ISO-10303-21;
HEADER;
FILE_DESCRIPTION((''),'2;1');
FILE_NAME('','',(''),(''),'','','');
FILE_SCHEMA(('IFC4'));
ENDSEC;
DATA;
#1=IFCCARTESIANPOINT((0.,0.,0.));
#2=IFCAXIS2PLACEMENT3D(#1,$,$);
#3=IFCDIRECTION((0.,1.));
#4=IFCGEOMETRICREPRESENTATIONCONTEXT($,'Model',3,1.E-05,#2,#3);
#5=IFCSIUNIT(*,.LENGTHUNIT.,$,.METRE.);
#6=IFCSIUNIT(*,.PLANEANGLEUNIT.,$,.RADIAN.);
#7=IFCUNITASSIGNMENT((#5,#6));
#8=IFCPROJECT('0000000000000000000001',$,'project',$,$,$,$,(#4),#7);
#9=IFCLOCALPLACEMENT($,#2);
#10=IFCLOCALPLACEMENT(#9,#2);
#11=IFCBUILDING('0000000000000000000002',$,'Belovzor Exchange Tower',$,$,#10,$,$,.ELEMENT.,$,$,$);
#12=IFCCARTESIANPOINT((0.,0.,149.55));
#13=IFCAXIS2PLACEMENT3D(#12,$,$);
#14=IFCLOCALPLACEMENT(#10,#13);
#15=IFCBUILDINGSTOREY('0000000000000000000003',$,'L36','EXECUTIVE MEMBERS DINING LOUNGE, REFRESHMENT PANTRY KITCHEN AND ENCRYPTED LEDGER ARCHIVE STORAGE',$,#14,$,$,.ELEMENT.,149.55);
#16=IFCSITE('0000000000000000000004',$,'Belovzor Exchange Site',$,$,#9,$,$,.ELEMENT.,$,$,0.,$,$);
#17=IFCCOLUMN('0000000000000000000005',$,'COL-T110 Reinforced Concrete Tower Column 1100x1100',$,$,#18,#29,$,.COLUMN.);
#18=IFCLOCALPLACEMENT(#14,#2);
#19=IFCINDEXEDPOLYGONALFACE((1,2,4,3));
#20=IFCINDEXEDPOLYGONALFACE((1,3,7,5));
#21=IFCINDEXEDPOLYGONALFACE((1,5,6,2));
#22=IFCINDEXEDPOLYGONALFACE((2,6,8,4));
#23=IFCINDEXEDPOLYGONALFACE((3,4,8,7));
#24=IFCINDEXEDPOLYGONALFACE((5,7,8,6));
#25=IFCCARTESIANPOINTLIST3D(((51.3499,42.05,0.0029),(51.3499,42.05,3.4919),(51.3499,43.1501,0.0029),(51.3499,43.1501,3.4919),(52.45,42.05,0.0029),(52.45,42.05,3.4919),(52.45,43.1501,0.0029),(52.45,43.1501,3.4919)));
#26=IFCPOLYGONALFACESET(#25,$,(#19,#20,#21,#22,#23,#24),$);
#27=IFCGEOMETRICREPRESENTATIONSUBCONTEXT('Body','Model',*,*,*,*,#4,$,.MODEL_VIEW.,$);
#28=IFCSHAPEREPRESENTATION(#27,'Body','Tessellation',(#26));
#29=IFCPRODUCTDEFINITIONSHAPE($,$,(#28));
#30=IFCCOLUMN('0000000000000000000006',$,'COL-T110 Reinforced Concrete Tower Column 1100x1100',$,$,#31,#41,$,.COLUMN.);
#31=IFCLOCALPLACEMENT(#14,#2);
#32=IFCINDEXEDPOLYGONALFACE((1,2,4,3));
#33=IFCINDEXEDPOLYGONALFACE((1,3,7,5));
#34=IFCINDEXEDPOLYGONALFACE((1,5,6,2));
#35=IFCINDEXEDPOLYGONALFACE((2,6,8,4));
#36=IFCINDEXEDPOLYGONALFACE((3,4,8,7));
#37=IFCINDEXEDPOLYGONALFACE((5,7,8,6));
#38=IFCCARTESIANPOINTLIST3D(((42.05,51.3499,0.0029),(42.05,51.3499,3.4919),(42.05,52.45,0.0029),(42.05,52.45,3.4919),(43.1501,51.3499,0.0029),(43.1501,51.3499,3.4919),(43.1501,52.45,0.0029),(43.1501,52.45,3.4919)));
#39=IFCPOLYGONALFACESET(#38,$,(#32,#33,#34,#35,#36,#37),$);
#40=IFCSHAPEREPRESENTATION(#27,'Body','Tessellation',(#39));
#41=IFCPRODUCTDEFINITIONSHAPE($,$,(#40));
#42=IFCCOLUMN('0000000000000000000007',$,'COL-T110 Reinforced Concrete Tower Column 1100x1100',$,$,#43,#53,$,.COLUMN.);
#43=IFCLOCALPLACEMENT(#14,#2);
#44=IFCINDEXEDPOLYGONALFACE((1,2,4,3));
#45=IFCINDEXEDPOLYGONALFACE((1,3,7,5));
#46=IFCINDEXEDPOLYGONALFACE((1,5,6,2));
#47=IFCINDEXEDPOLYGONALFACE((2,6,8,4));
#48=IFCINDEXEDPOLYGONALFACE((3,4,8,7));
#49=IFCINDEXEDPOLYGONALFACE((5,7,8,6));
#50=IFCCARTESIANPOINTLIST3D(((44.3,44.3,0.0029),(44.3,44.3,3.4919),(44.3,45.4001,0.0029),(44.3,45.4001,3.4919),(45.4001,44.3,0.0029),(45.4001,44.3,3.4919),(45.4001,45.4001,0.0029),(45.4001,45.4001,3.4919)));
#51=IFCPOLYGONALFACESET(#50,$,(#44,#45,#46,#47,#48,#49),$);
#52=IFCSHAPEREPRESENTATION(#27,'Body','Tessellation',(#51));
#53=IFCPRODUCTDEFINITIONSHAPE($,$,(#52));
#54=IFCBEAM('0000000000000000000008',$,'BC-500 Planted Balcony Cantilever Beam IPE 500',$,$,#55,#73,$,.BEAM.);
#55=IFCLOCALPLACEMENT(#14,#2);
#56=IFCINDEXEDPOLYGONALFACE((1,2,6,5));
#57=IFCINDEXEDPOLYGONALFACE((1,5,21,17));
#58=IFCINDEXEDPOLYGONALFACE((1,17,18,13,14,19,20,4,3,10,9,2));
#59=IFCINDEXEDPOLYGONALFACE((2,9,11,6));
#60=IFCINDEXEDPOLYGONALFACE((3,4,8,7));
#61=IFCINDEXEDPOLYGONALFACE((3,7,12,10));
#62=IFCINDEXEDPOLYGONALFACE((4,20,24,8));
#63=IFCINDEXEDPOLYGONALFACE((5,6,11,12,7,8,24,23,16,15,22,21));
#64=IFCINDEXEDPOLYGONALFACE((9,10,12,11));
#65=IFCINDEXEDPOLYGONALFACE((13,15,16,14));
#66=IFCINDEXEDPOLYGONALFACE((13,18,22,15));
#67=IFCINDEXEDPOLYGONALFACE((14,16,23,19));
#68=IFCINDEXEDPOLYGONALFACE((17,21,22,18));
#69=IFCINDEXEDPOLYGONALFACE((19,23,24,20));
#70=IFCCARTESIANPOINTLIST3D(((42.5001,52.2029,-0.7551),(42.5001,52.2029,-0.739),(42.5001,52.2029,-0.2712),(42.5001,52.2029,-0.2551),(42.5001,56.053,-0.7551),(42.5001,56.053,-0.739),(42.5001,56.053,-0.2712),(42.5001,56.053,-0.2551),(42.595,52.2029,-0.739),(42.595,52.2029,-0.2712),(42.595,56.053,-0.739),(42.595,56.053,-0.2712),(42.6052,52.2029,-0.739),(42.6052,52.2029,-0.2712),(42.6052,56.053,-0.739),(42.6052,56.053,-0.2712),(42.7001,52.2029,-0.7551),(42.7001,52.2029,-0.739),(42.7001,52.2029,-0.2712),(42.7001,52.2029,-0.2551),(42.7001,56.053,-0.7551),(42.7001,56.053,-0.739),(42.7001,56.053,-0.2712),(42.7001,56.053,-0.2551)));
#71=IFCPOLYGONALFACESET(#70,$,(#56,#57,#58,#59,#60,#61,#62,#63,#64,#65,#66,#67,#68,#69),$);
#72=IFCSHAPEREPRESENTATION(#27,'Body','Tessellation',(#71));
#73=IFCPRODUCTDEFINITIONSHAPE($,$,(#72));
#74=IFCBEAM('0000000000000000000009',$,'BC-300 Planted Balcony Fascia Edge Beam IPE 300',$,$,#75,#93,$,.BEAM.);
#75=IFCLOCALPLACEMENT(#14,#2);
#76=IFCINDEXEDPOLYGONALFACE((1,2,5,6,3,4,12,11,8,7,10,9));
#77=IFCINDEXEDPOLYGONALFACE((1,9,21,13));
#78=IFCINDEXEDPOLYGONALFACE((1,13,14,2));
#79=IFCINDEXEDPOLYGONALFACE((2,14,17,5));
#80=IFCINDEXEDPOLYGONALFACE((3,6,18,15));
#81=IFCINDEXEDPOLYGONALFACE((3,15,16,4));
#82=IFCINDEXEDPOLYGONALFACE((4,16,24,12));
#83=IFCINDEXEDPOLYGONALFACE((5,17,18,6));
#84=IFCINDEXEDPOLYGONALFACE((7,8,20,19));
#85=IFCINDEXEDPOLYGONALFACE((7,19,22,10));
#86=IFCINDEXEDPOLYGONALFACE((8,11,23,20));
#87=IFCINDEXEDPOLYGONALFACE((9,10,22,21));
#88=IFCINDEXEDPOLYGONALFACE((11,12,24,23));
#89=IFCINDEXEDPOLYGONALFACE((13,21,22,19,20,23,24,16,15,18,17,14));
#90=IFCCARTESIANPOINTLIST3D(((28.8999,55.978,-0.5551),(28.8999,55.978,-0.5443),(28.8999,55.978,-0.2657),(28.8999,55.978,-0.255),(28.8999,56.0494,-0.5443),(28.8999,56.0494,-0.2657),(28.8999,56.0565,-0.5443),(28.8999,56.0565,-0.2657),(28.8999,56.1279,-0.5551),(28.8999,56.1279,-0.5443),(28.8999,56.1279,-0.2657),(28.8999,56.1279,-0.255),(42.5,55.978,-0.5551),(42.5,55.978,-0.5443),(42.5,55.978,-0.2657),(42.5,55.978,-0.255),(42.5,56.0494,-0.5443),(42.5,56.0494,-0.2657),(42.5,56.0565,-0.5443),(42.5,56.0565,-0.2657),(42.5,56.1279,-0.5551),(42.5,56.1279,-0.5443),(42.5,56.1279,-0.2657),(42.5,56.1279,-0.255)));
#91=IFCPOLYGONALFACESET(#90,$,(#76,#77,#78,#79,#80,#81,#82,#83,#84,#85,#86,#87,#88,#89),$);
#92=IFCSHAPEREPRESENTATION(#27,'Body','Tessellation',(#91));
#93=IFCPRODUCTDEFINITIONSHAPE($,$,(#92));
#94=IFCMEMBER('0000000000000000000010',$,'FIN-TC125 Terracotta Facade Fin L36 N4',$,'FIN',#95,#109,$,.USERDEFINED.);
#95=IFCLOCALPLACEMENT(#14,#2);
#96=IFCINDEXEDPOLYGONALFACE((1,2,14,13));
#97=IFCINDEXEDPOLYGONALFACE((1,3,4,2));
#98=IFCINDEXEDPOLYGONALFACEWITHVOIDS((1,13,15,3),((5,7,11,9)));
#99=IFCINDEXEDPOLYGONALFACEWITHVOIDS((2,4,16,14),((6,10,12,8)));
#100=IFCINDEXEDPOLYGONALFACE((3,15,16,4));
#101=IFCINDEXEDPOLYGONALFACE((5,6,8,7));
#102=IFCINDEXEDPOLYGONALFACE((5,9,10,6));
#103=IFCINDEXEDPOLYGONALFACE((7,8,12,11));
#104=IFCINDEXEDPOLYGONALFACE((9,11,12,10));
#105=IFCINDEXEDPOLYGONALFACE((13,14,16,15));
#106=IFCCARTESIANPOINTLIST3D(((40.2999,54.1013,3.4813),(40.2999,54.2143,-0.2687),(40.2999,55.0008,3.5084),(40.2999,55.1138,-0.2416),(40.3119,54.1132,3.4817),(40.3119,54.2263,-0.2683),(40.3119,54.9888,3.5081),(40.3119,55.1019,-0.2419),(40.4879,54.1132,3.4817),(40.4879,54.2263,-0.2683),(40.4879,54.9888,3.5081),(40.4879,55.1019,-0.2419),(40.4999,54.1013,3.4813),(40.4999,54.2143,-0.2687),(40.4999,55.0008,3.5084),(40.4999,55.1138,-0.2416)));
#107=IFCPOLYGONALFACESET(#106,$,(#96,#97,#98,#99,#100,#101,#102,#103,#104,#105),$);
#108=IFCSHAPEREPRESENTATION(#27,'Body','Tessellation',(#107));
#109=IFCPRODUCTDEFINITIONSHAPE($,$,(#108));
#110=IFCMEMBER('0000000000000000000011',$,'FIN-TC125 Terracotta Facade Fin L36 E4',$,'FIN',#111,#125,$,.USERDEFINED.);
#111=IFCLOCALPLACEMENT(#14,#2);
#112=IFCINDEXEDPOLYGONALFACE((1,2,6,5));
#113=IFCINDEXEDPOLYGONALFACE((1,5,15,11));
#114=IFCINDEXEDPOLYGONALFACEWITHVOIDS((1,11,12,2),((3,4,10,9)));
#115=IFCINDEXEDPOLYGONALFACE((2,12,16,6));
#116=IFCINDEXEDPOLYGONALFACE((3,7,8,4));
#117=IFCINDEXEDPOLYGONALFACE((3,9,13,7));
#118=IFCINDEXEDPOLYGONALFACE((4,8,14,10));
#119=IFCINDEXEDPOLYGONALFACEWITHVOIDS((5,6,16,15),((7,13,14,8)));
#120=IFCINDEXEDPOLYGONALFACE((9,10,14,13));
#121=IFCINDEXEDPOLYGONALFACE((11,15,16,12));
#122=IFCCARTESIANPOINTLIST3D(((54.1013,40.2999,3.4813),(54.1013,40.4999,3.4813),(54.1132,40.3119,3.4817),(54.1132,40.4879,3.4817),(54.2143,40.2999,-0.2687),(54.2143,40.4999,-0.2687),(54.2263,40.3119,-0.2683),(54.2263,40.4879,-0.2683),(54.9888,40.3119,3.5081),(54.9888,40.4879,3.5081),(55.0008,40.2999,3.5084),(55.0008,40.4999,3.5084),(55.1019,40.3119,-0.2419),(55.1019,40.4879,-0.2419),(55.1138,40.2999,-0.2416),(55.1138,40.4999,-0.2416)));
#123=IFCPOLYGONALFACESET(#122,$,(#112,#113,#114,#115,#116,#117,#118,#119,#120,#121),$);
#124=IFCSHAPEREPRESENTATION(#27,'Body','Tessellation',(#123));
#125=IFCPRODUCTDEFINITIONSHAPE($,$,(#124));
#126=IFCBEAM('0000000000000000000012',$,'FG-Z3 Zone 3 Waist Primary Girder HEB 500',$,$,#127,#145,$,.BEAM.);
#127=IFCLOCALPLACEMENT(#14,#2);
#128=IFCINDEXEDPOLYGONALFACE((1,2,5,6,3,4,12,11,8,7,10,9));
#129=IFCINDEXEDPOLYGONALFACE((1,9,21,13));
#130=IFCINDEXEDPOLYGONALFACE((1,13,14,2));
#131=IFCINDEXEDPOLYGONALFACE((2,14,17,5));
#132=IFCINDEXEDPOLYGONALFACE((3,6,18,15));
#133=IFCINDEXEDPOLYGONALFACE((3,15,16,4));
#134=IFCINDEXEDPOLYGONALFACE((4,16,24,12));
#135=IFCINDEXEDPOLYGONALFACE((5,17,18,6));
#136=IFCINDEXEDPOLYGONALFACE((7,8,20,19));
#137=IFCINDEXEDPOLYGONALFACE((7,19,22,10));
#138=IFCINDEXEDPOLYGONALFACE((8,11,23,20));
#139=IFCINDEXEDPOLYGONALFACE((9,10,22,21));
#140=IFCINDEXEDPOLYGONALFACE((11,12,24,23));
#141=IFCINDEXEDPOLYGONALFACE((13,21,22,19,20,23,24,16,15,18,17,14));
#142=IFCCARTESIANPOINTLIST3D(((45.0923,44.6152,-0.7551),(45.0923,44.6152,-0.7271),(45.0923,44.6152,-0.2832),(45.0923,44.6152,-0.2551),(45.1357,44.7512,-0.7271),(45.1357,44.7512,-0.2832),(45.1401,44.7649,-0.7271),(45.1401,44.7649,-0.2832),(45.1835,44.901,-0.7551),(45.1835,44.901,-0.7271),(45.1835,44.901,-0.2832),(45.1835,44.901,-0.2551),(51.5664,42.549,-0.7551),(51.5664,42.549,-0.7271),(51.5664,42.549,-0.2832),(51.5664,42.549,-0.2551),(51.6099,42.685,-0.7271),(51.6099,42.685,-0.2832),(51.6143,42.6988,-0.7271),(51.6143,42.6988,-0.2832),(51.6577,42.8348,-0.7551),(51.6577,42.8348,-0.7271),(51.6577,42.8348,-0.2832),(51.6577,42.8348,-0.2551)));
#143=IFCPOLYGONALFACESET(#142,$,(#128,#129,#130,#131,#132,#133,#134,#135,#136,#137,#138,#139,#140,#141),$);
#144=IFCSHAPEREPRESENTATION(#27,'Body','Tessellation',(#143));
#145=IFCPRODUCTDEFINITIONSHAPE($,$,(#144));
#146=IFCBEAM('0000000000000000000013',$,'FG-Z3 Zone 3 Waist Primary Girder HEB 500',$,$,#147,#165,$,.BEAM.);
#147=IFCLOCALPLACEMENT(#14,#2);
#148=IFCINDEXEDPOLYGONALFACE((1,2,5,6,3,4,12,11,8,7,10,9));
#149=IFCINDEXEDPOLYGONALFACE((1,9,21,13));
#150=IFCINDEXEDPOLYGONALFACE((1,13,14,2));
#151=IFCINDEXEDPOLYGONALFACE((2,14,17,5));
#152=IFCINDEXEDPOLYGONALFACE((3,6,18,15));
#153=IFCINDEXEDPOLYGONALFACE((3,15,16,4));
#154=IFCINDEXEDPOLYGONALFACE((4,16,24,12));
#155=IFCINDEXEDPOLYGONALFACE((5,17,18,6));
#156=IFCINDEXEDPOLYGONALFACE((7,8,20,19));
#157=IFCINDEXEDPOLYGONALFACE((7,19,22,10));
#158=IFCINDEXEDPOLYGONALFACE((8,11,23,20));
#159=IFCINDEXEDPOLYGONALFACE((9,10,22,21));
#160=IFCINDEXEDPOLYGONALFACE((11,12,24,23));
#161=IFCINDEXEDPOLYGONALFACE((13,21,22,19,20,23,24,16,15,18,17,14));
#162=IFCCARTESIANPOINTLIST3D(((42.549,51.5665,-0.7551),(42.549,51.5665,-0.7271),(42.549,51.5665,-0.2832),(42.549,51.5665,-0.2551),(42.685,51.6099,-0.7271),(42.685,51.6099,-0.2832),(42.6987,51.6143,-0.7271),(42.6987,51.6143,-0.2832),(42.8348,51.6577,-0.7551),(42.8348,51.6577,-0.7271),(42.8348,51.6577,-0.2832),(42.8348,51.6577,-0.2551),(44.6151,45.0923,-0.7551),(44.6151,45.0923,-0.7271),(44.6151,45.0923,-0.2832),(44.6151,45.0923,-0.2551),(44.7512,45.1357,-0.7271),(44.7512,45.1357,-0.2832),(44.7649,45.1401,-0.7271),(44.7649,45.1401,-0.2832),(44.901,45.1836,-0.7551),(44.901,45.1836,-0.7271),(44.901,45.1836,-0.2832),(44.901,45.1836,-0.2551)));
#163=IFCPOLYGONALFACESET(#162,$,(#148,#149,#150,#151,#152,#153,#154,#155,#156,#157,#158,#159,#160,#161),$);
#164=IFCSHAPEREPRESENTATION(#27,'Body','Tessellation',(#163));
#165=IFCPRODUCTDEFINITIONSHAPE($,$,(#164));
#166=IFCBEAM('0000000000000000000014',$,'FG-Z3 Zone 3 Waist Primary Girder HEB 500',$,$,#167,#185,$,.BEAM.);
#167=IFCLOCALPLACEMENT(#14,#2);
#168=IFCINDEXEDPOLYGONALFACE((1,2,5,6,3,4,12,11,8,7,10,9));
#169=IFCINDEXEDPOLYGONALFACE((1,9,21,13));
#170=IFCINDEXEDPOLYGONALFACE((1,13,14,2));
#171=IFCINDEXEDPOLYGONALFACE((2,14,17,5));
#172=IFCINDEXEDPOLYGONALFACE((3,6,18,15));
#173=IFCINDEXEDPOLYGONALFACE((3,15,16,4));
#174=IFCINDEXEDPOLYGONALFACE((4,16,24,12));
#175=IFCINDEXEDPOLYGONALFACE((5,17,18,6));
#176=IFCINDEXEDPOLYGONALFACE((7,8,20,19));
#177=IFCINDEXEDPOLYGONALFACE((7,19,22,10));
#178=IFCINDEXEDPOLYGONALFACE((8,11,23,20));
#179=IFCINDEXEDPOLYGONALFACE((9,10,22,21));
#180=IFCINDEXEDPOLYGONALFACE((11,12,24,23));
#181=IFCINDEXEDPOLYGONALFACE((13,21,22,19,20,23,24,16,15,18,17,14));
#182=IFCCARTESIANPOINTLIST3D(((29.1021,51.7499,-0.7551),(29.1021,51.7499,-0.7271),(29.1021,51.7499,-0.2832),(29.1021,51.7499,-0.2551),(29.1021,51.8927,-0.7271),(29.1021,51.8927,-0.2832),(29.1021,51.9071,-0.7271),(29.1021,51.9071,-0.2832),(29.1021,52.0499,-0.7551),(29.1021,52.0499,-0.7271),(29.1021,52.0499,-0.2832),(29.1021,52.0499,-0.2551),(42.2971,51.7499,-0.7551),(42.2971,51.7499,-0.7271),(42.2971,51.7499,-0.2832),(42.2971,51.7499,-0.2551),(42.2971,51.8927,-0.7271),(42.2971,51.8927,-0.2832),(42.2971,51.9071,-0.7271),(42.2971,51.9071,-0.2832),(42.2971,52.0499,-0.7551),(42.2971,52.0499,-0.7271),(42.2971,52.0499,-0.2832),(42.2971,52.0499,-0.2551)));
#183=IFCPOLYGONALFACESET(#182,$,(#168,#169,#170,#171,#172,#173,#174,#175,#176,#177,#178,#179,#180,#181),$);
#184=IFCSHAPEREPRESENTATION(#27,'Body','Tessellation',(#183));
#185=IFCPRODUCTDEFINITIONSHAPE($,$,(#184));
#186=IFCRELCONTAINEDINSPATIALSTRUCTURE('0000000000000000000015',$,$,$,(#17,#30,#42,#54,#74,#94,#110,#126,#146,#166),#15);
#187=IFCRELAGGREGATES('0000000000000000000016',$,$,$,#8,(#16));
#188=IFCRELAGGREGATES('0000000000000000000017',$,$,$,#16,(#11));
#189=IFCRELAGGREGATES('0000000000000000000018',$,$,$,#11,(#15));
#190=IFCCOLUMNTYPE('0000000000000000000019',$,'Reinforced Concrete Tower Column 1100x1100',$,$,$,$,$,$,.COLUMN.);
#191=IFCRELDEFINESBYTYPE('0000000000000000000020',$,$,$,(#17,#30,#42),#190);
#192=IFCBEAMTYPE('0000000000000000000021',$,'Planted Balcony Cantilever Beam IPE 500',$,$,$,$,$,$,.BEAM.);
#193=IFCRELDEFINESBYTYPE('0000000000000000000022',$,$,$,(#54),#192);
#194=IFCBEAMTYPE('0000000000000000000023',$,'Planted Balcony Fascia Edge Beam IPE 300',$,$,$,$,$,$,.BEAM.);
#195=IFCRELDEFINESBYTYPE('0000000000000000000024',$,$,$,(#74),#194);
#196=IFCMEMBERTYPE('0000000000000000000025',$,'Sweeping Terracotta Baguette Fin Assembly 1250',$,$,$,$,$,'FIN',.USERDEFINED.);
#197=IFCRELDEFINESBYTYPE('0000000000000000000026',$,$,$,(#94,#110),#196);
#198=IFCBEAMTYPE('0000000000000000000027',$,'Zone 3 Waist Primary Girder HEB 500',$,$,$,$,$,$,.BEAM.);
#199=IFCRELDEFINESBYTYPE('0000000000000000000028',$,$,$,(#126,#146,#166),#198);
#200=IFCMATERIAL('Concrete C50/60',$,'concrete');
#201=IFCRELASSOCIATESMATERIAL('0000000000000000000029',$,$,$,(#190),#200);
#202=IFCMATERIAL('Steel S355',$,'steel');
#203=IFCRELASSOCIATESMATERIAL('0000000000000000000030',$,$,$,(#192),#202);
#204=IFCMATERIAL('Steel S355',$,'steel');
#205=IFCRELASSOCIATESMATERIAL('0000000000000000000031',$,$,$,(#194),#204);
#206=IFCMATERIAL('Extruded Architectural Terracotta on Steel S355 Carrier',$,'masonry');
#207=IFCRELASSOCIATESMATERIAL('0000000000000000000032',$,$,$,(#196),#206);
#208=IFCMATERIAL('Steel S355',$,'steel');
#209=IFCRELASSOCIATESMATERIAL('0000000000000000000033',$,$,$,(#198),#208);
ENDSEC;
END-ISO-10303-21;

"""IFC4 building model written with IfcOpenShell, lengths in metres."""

from ifc_helpers import new_model, si_unit, direction, frame, origin, origin_2d, place, context, subcontext, project, spatial, rectangle, hollow_rectangle, i_section, extrude, material, material_profile, profile_set, type_object, element, save


model = new_model("IFC4")

# Units and contexts
model_context = context("Model", 3, precision=1e-05, world=origin(), true_north=direction((0.0, 1.0)))
body_context = subcontext(model_context, "Body", "Model", "MODEL_VIEW")
ifc_project = project(units=[si_unit("LENGTHUNIT", "METRE"), si_unit("PLANEANGLEUNIT", "RADIAN")], contexts=[model_context])

# Site, building, storey
site_placement = place(None, origin())
site = spatial("IfcSite", under=ifc_project, at=site_placement, Name="Belovzor Exchange Site", CompositionType="ELEMENT", RefElevation=0.0)
building_placement = place(site_placement, origin())
building = spatial("IfcBuilding", under=site, at=building_placement, Name="Belovzor Exchange Tower", CompositionType="ELEMENT")
storey_placement = place(building_placement, frame((0.0, 0.0, 149.55)))
storey = spatial("IfcBuildingStorey", under=building, at=storey_placement, Name="L36", Description="EXECUTIVE MEMBERS DINING LOUNGE, REFRESHMENT PANTRY KITCHEN AND ENCRYPTED LEDGER ARCHIVE STORAGE", CompositionType="ELEMENT", Elevation=149.55)

# Columns
ifc_material_1 = material(Name="Concrete C50/60", Category="concrete")
ifc_material_profile_1 = material_profile(ifc_material_1, rectangle(XDim=1.1001, YDim=1.1001, at=origin_2d()))
ifc_profile_set_1 = profile_set([ifc_material_profile_1], Name="Concrete C50/60")
column_type = type_object("IfcColumnType", Name="Reinforced Concrete Tower Column 1100x1100", PredefinedType="COLUMN", material=ifc_profile_set_1)
for number, where, z_axis, x_axis, name in (
    (1, (51.8999, 42.6001, 0.0029), (0.0, 0.0, 1.0), (1.0, 0.0, 0.0), "COL-T110 Reinforced Concrete Tower Column 1100x1100"),
    (2, (42.6001, 51.8999, 0.0029), (0.0, 0.0, 1.0), (1.0, 0.0, 0.0), "COL-T110 Reinforced Concrete Tower Column 1100x1100"),
    (3, (44.8501, 44.8501, 0.0029), (0.0, 0.0, 1.0), (1.0, 0.0, 0.0), "COL-T110 Reinforced Concrete Tower Column 1100x1100"),
):
    element("IfcColumn", number, at=place(storey_placement, frame(where, z_axis=z_axis, x_axis=x_axis)), inside=storey, type_object=column_type, Name=name, PredefinedType="COLUMN", context=body_context, shape_type="SweptSolid", body=[
        extrude(rectangle(XDim=1.1001, YDim=1.1001, at=origin_2d()), origin(), (0.0, 0.0, 1.0), 3.489),
    ])

# Beams
ifc_material_2 = material(Name="Steel S355", Category="steel")
ifc_material_profile_2 = material_profile(ifc_material_2, i_section(OverallWidth=0.2, OverallDepth=0.5, WebThickness=0.0103, FlangeThickness=0.0161, at=origin_2d()))
ifc_profile_set_2 = profile_set([ifc_material_profile_2], Name="Steel S355")
beam_type_1 = type_object("IfcBeamType", Name="Planted Balcony Cantilever Beam IPE 500", PredefinedType="BEAM", material=ifc_profile_set_2)
beam_1_placement = place(storey_placement, frame((42.6001, 52.2029, -0.5051), z_axis=(0.0, 1.0, 0.0), x_axis=(-1.0, 0.0, 0.0)))
element("IfcBeam", 4, at=beam_1_placement, inside=storey, type_object=beam_type_1, Name="BC-500 Planted Balcony Cantilever Beam IPE 500", PredefinedType="BEAM", context=body_context, shape_type="SweptSolid", body=[
    extrude(i_section(OverallWidth=0.2, OverallDepth=0.5, WebThickness=0.0103, FlangeThickness=0.0161, at=origin_2d()), origin(), (0.0, 0.0, 1.0), 3.8501),
])
ifc_material_3 = material(Name="Steel S355", Category="steel")
ifc_material_profile_3 = material_profile(ifc_material_3, i_section(OverallWidth=0.1499, OverallDepth=0.3, WebThickness=0.0071, FlangeThickness=0.0107, at=origin_2d()))
ifc_profile_set_3 = profile_set([ifc_material_profile_3], Name="Steel S355")
beam_type_2 = type_object("IfcBeamType", Name="Planted Balcony Fascia Edge Beam IPE 300", PredefinedType="BEAM", material=ifc_profile_set_3)
beam_2_placement = place(storey_placement, frame((42.5, 56.053, -0.405), z_axis=(-1.0, 0.0, 0.0), x_axis=(0.0, -1.0, 0.0)))
element("IfcBeam", 5, at=beam_2_placement, inside=storey, type_object=beam_type_2, Name="BC-300 Planted Balcony Fascia Edge Beam IPE 300", PredefinedType="BEAM", context=body_context, shape_type="SweptSolid", body=[
    extrude(i_section(OverallWidth=0.1499, OverallDepth=0.3, WebThickness=0.0071, FlangeThickness=0.0107, at=origin_2d()), origin(), (0.0, 0.0, 1.0), 13.6001),
])

# Members
ifc_material_4 = material(Name="Extruded Architectural Terracotta on Steel S355 Carrier", Category="masonry")
ifc_material_profile_4 = material_profile(ifc_material_4, hollow_rectangle(XDim=0.2, YDim=0.8999, WallThickness=0.012, at=origin_2d()))
ifc_profile_set_4 = profile_set([ifc_material_profile_4], Name="Extruded Architectural Terracotta on Steel S355 Carrier")
member_type = type_object("IfcMemberType", Name="Sweeping Terracotta Baguette Fin Assembly 1250", ElementType="FIN", PredefinedType="USERDEFINED", material=ifc_profile_set_4)
for number, where, z_axis, x_axis, name in (
    (6, (40.3999, 54.6641, -0.2551), (0.0, -0.03013, 0.999546), (1.0, 0.0, 0.0), "FIN-TC125 Terracotta Facade Fin L36 N4"),
    (7, (54.6641, 40.3999, -0.2551), (-0.03013, 0.0, 0.999546), (0.0, -1.0, 0.0), "FIN-TC125 Terracotta Facade Fin L36 E4"),
):
    element("IfcMember", number, at=place(storey_placement, frame(where, z_axis=z_axis, x_axis=x_axis)), inside=storey, type_object=member_type, Name=name, ObjectType="FIN", PredefinedType="USERDEFINED", context=body_context, shape_type="SweptSolid", body=[
        extrude(hollow_rectangle(XDim=0.2, YDim=0.8999, WallThickness=0.012, at=origin_2d()), origin(), (0.0, 0.0, 1.0), 3.7517),
    ])

# Beams
ifc_material_5 = material(Name="Steel S355", Category="steel")
ifc_material_profile_5 = material_profile(ifc_material_5, i_section(OverallWidth=0.3, OverallDepth=0.5, WebThickness=0.0144, FlangeThickness=0.0281, at=origin_2d()))
ifc_profile_set_5 = profile_set([ifc_material_profile_5], Name="Steel S355")
beam_type_3 = type_object("IfcBeamType", Name="Zone 3 Waist Primary Girder HEB 500", PredefinedType="BEAM", material=ifc_profile_set_5)
for number, where, z_axis, x_axis, name in (
    (8, (51.6121, 42.6919, -0.5051), (-0.952661, 0.304034, 0.0), (-0.304034, -0.952661, 0.0), "FG-Z3 Zone 3 Waist Primary Girder HEB 500"),
    (9, (44.7581, 45.1379, -0.5051), (-0.304034, 0.952661, 0.0), (-0.952661, -0.304034, 0.0), "FG-Z3 Zone 3 Waist Primary Girder HEB 500"),
):
    element("IfcBeam", number, at=place(storey_placement, frame(where, z_axis=z_axis, x_axis=x_axis)), inside=storey, type_object=beam_type_3, Name=name, PredefinedType="BEAM", context=body_context, shape_type="SweptSolid", body=[
        extrude(i_section(OverallWidth=0.3, OverallDepth=0.5, WebThickness=0.0144, FlangeThickness=0.0281, at=origin_2d()), origin(), (0.0, 0.0, 1.0), 6.7959),
    ])
beam_3_placement = place(storey_placement, frame((42.2971, 51.8999, -0.5051), z_axis=(-1.0, 0.0, 0.0), x_axis=(0.0, -1.0, 0.0)))
element("IfcBeam", 10, at=beam_3_placement, inside=storey, type_object=beam_type_3, Name="FG-Z3 Zone 3 Waist Primary Girder HEB 500", PredefinedType="BEAM", context=body_context, shape_type="SweptSolid", body=[
    extrude(i_section(OverallWidth=0.3, OverallDepth=0.5, WebThickness=0.0144, FlangeThickness=0.0281, at=origin_2d()), origin(), (0.0, 0.0, 1.0), 13.1951),
])

save(model, "model.ifc")
